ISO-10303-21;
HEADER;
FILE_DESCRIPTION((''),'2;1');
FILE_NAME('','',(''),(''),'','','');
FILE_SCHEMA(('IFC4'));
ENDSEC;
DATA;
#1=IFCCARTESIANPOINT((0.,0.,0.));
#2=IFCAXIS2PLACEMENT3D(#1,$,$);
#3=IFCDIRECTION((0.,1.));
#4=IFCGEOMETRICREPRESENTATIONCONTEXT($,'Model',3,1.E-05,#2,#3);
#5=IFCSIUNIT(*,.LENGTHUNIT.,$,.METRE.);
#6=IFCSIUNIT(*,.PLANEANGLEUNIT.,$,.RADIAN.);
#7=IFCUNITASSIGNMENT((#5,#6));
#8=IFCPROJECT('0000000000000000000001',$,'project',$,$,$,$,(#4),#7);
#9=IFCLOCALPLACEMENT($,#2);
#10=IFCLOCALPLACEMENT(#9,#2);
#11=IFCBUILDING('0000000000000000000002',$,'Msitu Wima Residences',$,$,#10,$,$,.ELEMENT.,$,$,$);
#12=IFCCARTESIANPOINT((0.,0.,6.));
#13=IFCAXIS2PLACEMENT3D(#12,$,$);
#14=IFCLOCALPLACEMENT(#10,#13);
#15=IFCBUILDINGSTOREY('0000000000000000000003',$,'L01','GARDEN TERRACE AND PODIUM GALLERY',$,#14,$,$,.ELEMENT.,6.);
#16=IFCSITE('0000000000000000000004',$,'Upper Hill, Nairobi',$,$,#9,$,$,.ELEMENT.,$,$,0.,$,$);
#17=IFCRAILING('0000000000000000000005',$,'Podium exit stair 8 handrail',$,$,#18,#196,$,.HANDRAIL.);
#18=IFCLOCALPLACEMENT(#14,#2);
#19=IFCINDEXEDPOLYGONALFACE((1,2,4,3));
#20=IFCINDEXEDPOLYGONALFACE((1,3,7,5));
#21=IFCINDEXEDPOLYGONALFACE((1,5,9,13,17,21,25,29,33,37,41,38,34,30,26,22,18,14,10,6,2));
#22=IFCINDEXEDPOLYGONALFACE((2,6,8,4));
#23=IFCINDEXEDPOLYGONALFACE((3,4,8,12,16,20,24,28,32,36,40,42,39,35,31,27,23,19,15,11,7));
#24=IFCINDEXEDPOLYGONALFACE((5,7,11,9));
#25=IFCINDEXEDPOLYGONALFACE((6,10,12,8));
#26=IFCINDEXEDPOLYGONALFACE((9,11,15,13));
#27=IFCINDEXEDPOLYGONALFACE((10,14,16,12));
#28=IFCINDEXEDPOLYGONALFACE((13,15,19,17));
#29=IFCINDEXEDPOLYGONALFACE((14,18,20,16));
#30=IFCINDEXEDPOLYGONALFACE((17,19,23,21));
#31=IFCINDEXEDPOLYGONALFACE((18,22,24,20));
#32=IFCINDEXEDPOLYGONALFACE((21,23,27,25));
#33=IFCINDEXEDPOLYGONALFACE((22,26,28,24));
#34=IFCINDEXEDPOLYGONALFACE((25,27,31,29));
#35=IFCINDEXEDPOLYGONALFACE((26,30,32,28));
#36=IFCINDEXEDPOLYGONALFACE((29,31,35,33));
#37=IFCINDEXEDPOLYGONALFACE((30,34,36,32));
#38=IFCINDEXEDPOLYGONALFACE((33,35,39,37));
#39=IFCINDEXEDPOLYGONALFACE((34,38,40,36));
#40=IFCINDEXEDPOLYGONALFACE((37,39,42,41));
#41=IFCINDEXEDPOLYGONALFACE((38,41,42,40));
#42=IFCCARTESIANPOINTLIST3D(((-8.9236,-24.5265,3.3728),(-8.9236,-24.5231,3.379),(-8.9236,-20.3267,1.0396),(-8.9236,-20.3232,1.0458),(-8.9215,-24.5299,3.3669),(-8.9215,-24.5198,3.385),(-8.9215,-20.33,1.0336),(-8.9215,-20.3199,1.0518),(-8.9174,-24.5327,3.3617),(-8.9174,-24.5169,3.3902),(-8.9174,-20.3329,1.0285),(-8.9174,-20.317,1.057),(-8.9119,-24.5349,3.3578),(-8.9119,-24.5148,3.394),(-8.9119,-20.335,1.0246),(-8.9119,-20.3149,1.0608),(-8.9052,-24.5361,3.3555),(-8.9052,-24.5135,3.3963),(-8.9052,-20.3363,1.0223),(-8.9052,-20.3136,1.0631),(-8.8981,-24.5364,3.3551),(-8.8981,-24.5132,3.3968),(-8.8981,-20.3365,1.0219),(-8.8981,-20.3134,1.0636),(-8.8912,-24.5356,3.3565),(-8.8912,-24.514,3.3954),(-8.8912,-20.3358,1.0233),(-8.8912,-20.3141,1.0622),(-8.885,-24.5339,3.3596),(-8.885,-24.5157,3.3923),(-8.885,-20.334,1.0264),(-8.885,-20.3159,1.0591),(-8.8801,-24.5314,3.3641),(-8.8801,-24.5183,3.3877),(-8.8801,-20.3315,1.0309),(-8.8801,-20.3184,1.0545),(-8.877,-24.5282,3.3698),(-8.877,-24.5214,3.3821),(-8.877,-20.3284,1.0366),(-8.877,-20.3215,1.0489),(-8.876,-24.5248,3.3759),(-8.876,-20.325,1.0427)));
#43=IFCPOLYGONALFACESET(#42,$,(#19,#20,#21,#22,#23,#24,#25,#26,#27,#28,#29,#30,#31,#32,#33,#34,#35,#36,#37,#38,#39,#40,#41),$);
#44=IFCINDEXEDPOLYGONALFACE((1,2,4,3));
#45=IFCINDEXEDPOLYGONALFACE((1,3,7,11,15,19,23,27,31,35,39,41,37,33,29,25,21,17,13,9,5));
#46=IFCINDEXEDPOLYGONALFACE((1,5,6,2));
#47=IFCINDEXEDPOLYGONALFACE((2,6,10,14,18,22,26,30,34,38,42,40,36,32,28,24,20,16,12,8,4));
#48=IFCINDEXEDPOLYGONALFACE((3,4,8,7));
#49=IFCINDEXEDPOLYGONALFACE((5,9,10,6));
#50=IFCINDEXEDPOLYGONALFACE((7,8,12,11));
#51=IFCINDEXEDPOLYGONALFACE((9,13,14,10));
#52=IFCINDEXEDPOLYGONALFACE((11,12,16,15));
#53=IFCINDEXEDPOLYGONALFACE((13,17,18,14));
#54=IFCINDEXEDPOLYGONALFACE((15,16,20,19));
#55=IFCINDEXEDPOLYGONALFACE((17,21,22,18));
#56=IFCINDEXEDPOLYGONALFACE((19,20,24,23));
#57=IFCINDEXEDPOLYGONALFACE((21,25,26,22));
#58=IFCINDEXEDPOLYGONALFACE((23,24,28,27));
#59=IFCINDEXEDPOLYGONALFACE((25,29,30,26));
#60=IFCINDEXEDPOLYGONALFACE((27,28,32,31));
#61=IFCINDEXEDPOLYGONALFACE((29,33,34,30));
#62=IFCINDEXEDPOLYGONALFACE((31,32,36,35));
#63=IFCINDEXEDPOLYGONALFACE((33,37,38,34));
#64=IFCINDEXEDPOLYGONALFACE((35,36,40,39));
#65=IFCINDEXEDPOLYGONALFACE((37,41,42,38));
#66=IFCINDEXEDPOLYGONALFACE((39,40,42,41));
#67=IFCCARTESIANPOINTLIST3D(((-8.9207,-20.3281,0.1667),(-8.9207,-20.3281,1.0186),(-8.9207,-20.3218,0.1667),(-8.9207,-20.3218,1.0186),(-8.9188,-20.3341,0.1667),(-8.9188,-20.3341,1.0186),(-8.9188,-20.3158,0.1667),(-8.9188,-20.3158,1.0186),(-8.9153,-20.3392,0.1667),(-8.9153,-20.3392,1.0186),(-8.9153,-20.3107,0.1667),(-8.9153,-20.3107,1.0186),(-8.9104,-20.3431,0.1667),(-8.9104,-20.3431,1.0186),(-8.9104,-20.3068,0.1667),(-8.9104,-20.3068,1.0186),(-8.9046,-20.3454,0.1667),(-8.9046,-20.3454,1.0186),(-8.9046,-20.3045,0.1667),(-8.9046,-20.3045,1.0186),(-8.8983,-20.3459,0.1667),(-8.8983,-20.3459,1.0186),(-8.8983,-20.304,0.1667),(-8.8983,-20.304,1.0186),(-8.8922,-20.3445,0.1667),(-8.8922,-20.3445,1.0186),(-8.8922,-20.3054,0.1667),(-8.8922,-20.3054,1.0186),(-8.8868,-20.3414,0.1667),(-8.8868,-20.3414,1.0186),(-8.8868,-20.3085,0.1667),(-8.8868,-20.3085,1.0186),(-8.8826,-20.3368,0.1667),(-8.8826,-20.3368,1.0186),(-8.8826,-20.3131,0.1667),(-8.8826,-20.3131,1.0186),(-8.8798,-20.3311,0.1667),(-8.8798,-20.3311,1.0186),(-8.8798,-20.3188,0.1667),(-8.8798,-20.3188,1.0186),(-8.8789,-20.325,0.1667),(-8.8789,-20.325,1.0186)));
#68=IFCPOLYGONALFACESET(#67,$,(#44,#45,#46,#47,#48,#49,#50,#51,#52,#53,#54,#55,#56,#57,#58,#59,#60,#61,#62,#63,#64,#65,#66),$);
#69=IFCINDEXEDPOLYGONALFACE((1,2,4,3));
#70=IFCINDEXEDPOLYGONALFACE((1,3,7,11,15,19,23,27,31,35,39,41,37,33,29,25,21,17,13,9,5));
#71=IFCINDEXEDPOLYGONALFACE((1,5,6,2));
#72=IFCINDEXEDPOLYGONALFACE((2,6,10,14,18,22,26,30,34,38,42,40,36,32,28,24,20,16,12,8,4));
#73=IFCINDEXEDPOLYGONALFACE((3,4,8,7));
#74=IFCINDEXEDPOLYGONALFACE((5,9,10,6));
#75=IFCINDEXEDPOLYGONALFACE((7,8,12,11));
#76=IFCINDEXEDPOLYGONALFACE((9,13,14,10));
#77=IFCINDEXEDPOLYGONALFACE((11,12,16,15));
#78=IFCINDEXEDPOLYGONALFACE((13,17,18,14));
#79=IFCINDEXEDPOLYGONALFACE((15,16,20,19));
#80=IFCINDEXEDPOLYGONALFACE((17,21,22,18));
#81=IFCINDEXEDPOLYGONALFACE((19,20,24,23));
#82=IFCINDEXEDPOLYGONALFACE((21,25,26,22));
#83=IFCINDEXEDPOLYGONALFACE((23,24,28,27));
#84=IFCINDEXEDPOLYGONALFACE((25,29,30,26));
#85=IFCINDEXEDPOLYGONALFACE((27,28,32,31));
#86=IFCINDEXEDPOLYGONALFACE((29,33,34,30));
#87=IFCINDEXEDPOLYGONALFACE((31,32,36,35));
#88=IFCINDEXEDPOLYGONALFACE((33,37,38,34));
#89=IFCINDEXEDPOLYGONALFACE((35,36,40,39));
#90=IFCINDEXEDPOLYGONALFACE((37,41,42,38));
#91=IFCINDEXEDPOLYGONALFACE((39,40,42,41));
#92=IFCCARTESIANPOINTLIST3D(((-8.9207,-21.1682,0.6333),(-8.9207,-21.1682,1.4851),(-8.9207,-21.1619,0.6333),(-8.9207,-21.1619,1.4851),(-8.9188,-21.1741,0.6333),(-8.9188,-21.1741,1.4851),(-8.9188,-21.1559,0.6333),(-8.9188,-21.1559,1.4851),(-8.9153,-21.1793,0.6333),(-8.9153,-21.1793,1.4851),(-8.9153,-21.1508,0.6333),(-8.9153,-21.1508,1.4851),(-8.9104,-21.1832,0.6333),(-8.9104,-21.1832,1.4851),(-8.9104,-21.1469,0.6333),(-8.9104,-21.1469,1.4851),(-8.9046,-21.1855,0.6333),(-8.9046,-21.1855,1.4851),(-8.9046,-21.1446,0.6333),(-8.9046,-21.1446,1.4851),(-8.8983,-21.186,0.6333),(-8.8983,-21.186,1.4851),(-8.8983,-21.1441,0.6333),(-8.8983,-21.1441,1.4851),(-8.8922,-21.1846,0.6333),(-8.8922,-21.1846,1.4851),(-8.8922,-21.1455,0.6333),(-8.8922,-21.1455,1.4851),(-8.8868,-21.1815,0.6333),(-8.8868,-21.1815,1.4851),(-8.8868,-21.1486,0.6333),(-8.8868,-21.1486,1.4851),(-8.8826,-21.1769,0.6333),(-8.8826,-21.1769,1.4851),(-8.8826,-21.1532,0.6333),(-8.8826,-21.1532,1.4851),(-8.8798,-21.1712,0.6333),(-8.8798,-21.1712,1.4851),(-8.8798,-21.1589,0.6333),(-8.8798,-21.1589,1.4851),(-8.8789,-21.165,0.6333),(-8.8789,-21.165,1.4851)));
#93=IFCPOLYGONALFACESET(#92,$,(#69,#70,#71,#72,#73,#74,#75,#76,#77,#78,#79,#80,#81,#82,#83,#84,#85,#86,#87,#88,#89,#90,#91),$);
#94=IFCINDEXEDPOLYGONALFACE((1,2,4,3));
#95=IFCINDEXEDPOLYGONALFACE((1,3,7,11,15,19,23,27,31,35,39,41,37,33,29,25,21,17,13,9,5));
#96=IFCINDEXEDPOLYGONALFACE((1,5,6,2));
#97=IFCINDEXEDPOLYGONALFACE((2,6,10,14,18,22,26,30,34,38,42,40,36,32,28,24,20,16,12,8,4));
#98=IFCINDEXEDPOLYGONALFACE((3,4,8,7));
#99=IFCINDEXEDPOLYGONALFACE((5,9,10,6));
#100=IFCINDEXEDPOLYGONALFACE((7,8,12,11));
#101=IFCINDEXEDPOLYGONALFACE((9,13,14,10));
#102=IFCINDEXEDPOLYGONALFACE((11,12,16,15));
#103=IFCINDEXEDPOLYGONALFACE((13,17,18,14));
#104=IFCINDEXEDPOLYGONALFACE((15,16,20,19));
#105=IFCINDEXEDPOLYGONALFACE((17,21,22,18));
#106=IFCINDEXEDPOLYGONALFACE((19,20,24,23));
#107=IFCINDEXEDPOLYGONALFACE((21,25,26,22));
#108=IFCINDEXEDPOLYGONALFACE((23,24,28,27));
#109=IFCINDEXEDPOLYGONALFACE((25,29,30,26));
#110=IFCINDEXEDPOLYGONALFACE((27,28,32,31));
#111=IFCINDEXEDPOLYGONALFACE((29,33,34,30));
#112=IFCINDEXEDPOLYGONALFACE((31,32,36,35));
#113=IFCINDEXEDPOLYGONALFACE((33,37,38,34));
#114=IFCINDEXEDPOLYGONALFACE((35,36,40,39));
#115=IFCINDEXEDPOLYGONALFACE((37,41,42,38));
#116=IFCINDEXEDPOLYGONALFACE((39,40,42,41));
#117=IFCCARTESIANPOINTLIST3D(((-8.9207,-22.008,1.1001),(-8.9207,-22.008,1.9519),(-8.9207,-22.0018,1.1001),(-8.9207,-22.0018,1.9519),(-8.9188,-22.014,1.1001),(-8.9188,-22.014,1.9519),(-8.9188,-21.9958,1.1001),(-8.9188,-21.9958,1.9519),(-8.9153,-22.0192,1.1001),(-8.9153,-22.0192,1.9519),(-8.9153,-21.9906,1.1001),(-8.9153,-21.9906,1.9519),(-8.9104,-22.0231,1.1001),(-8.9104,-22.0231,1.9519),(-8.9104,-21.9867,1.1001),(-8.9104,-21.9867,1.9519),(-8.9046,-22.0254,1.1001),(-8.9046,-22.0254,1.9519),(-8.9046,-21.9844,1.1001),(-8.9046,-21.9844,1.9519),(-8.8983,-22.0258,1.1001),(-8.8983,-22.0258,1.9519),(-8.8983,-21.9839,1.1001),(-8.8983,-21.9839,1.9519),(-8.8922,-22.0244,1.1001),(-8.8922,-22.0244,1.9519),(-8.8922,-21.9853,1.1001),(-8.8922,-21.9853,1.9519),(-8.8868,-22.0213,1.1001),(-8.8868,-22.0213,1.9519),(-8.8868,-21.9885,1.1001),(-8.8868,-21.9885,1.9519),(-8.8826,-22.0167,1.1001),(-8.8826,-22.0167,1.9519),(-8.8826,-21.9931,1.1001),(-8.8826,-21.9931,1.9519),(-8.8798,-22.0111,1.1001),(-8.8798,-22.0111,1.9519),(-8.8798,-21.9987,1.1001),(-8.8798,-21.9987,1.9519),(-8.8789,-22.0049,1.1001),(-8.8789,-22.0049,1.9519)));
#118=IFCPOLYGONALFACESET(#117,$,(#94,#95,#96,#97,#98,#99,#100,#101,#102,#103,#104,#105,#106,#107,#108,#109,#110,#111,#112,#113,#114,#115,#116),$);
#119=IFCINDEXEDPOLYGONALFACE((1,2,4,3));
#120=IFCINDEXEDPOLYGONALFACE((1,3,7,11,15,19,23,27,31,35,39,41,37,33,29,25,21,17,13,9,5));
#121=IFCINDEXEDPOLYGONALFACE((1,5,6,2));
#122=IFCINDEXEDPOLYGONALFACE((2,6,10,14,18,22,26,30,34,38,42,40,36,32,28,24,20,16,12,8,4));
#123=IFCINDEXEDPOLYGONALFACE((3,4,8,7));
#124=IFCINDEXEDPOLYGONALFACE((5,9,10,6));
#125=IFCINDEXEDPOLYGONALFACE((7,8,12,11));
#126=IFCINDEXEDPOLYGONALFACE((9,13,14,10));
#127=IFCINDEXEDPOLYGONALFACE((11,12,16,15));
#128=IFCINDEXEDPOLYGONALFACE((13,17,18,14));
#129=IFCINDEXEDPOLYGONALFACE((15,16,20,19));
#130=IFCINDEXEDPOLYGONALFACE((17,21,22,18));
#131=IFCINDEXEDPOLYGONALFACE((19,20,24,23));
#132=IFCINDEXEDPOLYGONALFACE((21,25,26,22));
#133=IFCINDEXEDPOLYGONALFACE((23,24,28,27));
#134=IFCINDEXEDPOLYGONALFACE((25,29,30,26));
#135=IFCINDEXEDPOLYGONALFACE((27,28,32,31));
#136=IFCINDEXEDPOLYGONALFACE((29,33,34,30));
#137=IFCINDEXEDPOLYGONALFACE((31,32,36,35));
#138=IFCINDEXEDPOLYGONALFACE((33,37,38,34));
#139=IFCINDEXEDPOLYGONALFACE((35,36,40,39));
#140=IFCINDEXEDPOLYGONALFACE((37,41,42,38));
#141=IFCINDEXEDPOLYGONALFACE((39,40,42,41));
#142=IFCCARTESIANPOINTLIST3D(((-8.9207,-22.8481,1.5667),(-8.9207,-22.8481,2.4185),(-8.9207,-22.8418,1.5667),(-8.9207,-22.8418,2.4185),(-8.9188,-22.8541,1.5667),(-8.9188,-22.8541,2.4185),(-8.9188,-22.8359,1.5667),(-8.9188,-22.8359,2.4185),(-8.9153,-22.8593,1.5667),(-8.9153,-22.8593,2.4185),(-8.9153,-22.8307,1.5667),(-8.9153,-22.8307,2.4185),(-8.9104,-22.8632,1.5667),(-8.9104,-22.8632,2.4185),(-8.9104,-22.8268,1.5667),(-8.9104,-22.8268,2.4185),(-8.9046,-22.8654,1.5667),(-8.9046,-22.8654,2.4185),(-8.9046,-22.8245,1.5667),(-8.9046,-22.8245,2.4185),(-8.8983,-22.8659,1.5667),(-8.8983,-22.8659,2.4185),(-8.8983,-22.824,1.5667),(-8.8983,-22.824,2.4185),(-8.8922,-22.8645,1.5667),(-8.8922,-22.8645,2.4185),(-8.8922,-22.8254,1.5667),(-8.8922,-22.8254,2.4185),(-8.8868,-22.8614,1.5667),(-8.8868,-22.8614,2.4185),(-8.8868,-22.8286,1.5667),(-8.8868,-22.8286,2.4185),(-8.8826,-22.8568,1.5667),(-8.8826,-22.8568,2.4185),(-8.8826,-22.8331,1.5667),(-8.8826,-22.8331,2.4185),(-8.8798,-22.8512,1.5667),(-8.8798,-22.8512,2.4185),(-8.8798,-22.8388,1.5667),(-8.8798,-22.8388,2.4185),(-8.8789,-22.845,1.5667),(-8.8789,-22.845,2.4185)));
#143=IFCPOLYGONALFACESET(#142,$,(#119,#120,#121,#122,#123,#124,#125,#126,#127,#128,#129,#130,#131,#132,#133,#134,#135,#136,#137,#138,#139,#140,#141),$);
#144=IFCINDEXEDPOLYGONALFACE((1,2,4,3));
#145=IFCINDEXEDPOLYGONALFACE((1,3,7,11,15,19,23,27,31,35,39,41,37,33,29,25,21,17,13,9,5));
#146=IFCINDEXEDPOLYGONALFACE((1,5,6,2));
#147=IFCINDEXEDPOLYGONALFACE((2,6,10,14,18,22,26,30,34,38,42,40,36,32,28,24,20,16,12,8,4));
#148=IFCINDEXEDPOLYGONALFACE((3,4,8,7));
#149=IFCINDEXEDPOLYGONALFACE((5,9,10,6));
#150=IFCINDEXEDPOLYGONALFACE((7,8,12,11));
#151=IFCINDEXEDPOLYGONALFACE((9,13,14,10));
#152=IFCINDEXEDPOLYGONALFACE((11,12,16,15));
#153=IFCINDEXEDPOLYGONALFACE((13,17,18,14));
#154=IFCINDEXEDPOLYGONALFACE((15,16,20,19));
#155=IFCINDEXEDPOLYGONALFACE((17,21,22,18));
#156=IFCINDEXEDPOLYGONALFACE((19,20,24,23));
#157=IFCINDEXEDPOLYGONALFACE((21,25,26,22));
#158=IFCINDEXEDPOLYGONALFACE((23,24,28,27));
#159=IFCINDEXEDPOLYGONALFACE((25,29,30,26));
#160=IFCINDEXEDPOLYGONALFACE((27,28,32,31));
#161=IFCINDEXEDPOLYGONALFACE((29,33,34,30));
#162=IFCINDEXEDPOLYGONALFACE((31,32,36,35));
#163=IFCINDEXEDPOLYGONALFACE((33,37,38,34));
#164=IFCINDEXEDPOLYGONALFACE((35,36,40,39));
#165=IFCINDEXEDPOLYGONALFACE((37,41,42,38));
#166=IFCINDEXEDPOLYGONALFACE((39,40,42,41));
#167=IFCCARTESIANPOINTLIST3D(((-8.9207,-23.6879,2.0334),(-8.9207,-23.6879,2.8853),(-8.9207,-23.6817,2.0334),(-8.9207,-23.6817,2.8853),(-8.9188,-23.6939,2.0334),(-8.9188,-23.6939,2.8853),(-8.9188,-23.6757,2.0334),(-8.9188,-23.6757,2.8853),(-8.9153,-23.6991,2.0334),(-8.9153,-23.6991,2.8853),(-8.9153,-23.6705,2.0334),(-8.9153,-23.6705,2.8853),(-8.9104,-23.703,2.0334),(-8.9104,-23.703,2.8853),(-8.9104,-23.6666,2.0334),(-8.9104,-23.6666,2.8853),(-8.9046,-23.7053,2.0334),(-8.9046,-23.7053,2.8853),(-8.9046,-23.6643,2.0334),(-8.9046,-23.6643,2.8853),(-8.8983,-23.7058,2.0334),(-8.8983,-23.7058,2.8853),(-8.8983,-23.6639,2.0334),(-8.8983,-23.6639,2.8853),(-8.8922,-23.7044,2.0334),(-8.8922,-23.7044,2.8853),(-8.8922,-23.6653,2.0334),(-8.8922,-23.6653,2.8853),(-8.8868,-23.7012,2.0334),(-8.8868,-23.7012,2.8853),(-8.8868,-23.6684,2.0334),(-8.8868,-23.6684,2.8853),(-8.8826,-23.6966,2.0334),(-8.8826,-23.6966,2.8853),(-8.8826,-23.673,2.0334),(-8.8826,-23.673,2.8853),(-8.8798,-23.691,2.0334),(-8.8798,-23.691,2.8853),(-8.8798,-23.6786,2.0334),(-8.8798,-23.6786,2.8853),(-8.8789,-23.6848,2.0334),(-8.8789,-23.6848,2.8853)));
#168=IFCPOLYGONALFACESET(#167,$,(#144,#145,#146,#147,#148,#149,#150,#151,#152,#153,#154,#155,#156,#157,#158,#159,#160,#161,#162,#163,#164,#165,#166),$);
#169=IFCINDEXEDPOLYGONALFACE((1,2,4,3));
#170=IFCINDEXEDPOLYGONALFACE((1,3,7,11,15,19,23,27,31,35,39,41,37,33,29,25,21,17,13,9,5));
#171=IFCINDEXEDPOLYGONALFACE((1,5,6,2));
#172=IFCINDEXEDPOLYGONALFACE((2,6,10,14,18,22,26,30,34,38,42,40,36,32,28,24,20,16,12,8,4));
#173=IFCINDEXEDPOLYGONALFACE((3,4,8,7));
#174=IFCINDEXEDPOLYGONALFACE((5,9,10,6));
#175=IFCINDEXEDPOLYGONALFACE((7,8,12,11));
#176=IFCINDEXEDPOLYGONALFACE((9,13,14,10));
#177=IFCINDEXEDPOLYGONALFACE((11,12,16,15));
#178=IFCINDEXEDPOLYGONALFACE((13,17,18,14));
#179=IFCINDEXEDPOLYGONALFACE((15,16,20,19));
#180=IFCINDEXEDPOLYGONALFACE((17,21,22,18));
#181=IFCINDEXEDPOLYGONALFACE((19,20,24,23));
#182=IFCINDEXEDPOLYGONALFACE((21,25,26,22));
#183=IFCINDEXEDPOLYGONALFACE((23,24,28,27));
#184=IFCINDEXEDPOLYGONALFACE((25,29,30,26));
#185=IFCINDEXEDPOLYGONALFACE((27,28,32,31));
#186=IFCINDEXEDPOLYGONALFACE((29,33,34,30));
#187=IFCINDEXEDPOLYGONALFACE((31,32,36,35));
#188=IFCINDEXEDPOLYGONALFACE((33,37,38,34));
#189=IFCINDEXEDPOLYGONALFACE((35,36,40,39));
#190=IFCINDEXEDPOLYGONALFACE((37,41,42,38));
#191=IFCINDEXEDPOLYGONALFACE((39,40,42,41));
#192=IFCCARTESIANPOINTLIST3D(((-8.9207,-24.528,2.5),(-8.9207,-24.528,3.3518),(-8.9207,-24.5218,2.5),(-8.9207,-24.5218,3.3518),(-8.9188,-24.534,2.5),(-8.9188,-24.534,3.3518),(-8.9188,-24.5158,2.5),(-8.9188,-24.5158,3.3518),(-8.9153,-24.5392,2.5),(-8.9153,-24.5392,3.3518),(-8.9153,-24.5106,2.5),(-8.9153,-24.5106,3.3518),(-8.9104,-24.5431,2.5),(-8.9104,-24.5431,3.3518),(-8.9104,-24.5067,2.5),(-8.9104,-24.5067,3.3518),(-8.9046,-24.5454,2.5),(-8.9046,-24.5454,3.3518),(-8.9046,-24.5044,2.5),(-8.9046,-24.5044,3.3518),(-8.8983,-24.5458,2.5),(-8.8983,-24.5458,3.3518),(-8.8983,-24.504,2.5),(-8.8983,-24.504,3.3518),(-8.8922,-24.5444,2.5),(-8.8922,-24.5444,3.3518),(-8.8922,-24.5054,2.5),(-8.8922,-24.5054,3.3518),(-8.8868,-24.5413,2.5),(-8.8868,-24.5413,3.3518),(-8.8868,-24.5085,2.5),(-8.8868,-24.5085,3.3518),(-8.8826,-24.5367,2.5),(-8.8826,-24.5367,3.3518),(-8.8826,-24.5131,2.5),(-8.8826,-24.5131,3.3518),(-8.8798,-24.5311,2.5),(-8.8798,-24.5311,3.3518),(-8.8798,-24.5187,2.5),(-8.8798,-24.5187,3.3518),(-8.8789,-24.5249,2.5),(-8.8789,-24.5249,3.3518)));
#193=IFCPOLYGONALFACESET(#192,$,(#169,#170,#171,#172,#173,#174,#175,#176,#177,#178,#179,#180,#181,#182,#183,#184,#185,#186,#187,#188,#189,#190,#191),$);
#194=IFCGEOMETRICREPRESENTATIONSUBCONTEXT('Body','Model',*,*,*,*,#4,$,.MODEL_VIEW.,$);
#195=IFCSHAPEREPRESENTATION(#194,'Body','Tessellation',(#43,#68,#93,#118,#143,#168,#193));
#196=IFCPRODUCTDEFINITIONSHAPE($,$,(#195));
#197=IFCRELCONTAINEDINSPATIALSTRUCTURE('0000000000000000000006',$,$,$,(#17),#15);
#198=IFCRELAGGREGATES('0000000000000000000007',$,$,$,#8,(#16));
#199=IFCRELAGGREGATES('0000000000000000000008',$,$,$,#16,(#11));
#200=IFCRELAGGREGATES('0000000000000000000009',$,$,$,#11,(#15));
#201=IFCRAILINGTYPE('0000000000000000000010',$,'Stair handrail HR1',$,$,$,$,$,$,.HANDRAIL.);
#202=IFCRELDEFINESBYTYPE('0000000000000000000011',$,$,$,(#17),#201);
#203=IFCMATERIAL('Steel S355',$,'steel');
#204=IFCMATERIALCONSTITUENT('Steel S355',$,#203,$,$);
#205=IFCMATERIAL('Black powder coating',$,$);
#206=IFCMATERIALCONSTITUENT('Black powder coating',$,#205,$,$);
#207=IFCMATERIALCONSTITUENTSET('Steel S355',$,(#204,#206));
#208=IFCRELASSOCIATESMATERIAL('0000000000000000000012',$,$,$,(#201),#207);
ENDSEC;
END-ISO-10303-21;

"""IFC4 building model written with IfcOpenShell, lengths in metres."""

from ifc_helpers import new_model, si_unit, direction, frame, origin, origin_2d, place, context, subcontext, project, spatial, circle, extrude, material, constituent, constituent_set, type_object, element, save


model = new_model("IFC4")

# Units and contexts
model_context = context("Model", 3, precision=1e-05, world=origin(), true_north=direction((0.0, 1.0)))
body_context = subcontext(model_context, "Body", "Model", "MODEL_VIEW")
ifc_project = project(units=[si_unit("LENGTHUNIT", "METRE"), si_unit("PLANEANGLEUNIT", "RADIAN")], contexts=[model_context])

# Site, building, storey
site_placement = place(None, origin())
site = spatial("IfcSite", under=ifc_project, at=site_placement, Name="Upper Hill, Nairobi", CompositionType="ELEMENT", RefElevation=0.0)
building_placement = place(site_placement, origin())
building = spatial("IfcBuilding", under=site, at=building_placement, Name="Msitu Wima Residences", CompositionType="ELEMENT")
storey_placement = place(building_placement, frame((0.0, 0.0, 6.0)))
storey = spatial("IfcBuildingStorey", under=building, at=storey_placement, Name="L01", Description="GARDEN TERRACE AND PODIUM GALLERY", CompositionType="ELEMENT", Elevation=6.0)

# Railing
ifc_material_1 = material(Name="Steel S355", Category="steel")
ifc_constituent_1 = constituent(ifc_material_1, Name="Steel S355")
ifc_material_2 = material(Name="Black powder coating")
ifc_constituent_2 = constituent(ifc_material_2, Name="Black powder coating")
ifc_constituent_set = constituent_set(constituents=[ifc_constituent_1, ifc_constituent_2], Name="Steel S355")
railing_type = type_object("IfcRailingType", Name="Stair handrail HR1", PredefinedType="HANDRAIL", material=ifc_constituent_set)
for number, where, name in (
    (1, (-8.8999, -20.325, 0.1667), "Podium exit stair 8 handrail"),
):
    element("IfcRailing", number, at=place(storey_placement, frame(where)), inside=storey, type_object=railing_type, Name=name, PredefinedType="HANDRAIL", context=body_context, shape_type="SweptSolid", body=[
        extrude(circle(Radius=0.0239, at=origin_2d()), frame((0.0, 0.0, 0.876), z_axis=(0.0, -0.874162, 0.485634), x_axis=(1.0, 0.0, 0.0)), (0.0, 0.0, 1.0), 4.8044),
        extrude(circle(Radius=0.021, at=origin_2d()), origin(), (0.0, 0.0, 1.0), 0.8518),
        extrude(circle(Radius=0.021, at=origin_2d()), frame((0.0, -0.8401, 0.4666)), (0.0, 0.0, 1.0), 0.8518),
        extrude(circle(Radius=0.021, at=origin_2d()), frame((0.0, -1.6799, 0.9333)), (0.0, 0.0, 1.0), 0.8518),
        extrude(circle(Radius=0.021, at=origin_2d()), frame((0.0, -2.52, 1.3999)), (0.0, 0.0, 1.0), 0.8518),
        extrude(circle(Radius=0.021, at=origin_2d()), frame((0.0, -3.3599, 1.8667)), (0.0, 0.0, 1.0), 0.8518),
        extrude(circle(Radius=0.021, at=origin_2d()), frame((0.0, -4.2, 2.3333)), (0.0, 0.0, 1.0), 0.8518),
    ])

save(model, "model.ifc")
